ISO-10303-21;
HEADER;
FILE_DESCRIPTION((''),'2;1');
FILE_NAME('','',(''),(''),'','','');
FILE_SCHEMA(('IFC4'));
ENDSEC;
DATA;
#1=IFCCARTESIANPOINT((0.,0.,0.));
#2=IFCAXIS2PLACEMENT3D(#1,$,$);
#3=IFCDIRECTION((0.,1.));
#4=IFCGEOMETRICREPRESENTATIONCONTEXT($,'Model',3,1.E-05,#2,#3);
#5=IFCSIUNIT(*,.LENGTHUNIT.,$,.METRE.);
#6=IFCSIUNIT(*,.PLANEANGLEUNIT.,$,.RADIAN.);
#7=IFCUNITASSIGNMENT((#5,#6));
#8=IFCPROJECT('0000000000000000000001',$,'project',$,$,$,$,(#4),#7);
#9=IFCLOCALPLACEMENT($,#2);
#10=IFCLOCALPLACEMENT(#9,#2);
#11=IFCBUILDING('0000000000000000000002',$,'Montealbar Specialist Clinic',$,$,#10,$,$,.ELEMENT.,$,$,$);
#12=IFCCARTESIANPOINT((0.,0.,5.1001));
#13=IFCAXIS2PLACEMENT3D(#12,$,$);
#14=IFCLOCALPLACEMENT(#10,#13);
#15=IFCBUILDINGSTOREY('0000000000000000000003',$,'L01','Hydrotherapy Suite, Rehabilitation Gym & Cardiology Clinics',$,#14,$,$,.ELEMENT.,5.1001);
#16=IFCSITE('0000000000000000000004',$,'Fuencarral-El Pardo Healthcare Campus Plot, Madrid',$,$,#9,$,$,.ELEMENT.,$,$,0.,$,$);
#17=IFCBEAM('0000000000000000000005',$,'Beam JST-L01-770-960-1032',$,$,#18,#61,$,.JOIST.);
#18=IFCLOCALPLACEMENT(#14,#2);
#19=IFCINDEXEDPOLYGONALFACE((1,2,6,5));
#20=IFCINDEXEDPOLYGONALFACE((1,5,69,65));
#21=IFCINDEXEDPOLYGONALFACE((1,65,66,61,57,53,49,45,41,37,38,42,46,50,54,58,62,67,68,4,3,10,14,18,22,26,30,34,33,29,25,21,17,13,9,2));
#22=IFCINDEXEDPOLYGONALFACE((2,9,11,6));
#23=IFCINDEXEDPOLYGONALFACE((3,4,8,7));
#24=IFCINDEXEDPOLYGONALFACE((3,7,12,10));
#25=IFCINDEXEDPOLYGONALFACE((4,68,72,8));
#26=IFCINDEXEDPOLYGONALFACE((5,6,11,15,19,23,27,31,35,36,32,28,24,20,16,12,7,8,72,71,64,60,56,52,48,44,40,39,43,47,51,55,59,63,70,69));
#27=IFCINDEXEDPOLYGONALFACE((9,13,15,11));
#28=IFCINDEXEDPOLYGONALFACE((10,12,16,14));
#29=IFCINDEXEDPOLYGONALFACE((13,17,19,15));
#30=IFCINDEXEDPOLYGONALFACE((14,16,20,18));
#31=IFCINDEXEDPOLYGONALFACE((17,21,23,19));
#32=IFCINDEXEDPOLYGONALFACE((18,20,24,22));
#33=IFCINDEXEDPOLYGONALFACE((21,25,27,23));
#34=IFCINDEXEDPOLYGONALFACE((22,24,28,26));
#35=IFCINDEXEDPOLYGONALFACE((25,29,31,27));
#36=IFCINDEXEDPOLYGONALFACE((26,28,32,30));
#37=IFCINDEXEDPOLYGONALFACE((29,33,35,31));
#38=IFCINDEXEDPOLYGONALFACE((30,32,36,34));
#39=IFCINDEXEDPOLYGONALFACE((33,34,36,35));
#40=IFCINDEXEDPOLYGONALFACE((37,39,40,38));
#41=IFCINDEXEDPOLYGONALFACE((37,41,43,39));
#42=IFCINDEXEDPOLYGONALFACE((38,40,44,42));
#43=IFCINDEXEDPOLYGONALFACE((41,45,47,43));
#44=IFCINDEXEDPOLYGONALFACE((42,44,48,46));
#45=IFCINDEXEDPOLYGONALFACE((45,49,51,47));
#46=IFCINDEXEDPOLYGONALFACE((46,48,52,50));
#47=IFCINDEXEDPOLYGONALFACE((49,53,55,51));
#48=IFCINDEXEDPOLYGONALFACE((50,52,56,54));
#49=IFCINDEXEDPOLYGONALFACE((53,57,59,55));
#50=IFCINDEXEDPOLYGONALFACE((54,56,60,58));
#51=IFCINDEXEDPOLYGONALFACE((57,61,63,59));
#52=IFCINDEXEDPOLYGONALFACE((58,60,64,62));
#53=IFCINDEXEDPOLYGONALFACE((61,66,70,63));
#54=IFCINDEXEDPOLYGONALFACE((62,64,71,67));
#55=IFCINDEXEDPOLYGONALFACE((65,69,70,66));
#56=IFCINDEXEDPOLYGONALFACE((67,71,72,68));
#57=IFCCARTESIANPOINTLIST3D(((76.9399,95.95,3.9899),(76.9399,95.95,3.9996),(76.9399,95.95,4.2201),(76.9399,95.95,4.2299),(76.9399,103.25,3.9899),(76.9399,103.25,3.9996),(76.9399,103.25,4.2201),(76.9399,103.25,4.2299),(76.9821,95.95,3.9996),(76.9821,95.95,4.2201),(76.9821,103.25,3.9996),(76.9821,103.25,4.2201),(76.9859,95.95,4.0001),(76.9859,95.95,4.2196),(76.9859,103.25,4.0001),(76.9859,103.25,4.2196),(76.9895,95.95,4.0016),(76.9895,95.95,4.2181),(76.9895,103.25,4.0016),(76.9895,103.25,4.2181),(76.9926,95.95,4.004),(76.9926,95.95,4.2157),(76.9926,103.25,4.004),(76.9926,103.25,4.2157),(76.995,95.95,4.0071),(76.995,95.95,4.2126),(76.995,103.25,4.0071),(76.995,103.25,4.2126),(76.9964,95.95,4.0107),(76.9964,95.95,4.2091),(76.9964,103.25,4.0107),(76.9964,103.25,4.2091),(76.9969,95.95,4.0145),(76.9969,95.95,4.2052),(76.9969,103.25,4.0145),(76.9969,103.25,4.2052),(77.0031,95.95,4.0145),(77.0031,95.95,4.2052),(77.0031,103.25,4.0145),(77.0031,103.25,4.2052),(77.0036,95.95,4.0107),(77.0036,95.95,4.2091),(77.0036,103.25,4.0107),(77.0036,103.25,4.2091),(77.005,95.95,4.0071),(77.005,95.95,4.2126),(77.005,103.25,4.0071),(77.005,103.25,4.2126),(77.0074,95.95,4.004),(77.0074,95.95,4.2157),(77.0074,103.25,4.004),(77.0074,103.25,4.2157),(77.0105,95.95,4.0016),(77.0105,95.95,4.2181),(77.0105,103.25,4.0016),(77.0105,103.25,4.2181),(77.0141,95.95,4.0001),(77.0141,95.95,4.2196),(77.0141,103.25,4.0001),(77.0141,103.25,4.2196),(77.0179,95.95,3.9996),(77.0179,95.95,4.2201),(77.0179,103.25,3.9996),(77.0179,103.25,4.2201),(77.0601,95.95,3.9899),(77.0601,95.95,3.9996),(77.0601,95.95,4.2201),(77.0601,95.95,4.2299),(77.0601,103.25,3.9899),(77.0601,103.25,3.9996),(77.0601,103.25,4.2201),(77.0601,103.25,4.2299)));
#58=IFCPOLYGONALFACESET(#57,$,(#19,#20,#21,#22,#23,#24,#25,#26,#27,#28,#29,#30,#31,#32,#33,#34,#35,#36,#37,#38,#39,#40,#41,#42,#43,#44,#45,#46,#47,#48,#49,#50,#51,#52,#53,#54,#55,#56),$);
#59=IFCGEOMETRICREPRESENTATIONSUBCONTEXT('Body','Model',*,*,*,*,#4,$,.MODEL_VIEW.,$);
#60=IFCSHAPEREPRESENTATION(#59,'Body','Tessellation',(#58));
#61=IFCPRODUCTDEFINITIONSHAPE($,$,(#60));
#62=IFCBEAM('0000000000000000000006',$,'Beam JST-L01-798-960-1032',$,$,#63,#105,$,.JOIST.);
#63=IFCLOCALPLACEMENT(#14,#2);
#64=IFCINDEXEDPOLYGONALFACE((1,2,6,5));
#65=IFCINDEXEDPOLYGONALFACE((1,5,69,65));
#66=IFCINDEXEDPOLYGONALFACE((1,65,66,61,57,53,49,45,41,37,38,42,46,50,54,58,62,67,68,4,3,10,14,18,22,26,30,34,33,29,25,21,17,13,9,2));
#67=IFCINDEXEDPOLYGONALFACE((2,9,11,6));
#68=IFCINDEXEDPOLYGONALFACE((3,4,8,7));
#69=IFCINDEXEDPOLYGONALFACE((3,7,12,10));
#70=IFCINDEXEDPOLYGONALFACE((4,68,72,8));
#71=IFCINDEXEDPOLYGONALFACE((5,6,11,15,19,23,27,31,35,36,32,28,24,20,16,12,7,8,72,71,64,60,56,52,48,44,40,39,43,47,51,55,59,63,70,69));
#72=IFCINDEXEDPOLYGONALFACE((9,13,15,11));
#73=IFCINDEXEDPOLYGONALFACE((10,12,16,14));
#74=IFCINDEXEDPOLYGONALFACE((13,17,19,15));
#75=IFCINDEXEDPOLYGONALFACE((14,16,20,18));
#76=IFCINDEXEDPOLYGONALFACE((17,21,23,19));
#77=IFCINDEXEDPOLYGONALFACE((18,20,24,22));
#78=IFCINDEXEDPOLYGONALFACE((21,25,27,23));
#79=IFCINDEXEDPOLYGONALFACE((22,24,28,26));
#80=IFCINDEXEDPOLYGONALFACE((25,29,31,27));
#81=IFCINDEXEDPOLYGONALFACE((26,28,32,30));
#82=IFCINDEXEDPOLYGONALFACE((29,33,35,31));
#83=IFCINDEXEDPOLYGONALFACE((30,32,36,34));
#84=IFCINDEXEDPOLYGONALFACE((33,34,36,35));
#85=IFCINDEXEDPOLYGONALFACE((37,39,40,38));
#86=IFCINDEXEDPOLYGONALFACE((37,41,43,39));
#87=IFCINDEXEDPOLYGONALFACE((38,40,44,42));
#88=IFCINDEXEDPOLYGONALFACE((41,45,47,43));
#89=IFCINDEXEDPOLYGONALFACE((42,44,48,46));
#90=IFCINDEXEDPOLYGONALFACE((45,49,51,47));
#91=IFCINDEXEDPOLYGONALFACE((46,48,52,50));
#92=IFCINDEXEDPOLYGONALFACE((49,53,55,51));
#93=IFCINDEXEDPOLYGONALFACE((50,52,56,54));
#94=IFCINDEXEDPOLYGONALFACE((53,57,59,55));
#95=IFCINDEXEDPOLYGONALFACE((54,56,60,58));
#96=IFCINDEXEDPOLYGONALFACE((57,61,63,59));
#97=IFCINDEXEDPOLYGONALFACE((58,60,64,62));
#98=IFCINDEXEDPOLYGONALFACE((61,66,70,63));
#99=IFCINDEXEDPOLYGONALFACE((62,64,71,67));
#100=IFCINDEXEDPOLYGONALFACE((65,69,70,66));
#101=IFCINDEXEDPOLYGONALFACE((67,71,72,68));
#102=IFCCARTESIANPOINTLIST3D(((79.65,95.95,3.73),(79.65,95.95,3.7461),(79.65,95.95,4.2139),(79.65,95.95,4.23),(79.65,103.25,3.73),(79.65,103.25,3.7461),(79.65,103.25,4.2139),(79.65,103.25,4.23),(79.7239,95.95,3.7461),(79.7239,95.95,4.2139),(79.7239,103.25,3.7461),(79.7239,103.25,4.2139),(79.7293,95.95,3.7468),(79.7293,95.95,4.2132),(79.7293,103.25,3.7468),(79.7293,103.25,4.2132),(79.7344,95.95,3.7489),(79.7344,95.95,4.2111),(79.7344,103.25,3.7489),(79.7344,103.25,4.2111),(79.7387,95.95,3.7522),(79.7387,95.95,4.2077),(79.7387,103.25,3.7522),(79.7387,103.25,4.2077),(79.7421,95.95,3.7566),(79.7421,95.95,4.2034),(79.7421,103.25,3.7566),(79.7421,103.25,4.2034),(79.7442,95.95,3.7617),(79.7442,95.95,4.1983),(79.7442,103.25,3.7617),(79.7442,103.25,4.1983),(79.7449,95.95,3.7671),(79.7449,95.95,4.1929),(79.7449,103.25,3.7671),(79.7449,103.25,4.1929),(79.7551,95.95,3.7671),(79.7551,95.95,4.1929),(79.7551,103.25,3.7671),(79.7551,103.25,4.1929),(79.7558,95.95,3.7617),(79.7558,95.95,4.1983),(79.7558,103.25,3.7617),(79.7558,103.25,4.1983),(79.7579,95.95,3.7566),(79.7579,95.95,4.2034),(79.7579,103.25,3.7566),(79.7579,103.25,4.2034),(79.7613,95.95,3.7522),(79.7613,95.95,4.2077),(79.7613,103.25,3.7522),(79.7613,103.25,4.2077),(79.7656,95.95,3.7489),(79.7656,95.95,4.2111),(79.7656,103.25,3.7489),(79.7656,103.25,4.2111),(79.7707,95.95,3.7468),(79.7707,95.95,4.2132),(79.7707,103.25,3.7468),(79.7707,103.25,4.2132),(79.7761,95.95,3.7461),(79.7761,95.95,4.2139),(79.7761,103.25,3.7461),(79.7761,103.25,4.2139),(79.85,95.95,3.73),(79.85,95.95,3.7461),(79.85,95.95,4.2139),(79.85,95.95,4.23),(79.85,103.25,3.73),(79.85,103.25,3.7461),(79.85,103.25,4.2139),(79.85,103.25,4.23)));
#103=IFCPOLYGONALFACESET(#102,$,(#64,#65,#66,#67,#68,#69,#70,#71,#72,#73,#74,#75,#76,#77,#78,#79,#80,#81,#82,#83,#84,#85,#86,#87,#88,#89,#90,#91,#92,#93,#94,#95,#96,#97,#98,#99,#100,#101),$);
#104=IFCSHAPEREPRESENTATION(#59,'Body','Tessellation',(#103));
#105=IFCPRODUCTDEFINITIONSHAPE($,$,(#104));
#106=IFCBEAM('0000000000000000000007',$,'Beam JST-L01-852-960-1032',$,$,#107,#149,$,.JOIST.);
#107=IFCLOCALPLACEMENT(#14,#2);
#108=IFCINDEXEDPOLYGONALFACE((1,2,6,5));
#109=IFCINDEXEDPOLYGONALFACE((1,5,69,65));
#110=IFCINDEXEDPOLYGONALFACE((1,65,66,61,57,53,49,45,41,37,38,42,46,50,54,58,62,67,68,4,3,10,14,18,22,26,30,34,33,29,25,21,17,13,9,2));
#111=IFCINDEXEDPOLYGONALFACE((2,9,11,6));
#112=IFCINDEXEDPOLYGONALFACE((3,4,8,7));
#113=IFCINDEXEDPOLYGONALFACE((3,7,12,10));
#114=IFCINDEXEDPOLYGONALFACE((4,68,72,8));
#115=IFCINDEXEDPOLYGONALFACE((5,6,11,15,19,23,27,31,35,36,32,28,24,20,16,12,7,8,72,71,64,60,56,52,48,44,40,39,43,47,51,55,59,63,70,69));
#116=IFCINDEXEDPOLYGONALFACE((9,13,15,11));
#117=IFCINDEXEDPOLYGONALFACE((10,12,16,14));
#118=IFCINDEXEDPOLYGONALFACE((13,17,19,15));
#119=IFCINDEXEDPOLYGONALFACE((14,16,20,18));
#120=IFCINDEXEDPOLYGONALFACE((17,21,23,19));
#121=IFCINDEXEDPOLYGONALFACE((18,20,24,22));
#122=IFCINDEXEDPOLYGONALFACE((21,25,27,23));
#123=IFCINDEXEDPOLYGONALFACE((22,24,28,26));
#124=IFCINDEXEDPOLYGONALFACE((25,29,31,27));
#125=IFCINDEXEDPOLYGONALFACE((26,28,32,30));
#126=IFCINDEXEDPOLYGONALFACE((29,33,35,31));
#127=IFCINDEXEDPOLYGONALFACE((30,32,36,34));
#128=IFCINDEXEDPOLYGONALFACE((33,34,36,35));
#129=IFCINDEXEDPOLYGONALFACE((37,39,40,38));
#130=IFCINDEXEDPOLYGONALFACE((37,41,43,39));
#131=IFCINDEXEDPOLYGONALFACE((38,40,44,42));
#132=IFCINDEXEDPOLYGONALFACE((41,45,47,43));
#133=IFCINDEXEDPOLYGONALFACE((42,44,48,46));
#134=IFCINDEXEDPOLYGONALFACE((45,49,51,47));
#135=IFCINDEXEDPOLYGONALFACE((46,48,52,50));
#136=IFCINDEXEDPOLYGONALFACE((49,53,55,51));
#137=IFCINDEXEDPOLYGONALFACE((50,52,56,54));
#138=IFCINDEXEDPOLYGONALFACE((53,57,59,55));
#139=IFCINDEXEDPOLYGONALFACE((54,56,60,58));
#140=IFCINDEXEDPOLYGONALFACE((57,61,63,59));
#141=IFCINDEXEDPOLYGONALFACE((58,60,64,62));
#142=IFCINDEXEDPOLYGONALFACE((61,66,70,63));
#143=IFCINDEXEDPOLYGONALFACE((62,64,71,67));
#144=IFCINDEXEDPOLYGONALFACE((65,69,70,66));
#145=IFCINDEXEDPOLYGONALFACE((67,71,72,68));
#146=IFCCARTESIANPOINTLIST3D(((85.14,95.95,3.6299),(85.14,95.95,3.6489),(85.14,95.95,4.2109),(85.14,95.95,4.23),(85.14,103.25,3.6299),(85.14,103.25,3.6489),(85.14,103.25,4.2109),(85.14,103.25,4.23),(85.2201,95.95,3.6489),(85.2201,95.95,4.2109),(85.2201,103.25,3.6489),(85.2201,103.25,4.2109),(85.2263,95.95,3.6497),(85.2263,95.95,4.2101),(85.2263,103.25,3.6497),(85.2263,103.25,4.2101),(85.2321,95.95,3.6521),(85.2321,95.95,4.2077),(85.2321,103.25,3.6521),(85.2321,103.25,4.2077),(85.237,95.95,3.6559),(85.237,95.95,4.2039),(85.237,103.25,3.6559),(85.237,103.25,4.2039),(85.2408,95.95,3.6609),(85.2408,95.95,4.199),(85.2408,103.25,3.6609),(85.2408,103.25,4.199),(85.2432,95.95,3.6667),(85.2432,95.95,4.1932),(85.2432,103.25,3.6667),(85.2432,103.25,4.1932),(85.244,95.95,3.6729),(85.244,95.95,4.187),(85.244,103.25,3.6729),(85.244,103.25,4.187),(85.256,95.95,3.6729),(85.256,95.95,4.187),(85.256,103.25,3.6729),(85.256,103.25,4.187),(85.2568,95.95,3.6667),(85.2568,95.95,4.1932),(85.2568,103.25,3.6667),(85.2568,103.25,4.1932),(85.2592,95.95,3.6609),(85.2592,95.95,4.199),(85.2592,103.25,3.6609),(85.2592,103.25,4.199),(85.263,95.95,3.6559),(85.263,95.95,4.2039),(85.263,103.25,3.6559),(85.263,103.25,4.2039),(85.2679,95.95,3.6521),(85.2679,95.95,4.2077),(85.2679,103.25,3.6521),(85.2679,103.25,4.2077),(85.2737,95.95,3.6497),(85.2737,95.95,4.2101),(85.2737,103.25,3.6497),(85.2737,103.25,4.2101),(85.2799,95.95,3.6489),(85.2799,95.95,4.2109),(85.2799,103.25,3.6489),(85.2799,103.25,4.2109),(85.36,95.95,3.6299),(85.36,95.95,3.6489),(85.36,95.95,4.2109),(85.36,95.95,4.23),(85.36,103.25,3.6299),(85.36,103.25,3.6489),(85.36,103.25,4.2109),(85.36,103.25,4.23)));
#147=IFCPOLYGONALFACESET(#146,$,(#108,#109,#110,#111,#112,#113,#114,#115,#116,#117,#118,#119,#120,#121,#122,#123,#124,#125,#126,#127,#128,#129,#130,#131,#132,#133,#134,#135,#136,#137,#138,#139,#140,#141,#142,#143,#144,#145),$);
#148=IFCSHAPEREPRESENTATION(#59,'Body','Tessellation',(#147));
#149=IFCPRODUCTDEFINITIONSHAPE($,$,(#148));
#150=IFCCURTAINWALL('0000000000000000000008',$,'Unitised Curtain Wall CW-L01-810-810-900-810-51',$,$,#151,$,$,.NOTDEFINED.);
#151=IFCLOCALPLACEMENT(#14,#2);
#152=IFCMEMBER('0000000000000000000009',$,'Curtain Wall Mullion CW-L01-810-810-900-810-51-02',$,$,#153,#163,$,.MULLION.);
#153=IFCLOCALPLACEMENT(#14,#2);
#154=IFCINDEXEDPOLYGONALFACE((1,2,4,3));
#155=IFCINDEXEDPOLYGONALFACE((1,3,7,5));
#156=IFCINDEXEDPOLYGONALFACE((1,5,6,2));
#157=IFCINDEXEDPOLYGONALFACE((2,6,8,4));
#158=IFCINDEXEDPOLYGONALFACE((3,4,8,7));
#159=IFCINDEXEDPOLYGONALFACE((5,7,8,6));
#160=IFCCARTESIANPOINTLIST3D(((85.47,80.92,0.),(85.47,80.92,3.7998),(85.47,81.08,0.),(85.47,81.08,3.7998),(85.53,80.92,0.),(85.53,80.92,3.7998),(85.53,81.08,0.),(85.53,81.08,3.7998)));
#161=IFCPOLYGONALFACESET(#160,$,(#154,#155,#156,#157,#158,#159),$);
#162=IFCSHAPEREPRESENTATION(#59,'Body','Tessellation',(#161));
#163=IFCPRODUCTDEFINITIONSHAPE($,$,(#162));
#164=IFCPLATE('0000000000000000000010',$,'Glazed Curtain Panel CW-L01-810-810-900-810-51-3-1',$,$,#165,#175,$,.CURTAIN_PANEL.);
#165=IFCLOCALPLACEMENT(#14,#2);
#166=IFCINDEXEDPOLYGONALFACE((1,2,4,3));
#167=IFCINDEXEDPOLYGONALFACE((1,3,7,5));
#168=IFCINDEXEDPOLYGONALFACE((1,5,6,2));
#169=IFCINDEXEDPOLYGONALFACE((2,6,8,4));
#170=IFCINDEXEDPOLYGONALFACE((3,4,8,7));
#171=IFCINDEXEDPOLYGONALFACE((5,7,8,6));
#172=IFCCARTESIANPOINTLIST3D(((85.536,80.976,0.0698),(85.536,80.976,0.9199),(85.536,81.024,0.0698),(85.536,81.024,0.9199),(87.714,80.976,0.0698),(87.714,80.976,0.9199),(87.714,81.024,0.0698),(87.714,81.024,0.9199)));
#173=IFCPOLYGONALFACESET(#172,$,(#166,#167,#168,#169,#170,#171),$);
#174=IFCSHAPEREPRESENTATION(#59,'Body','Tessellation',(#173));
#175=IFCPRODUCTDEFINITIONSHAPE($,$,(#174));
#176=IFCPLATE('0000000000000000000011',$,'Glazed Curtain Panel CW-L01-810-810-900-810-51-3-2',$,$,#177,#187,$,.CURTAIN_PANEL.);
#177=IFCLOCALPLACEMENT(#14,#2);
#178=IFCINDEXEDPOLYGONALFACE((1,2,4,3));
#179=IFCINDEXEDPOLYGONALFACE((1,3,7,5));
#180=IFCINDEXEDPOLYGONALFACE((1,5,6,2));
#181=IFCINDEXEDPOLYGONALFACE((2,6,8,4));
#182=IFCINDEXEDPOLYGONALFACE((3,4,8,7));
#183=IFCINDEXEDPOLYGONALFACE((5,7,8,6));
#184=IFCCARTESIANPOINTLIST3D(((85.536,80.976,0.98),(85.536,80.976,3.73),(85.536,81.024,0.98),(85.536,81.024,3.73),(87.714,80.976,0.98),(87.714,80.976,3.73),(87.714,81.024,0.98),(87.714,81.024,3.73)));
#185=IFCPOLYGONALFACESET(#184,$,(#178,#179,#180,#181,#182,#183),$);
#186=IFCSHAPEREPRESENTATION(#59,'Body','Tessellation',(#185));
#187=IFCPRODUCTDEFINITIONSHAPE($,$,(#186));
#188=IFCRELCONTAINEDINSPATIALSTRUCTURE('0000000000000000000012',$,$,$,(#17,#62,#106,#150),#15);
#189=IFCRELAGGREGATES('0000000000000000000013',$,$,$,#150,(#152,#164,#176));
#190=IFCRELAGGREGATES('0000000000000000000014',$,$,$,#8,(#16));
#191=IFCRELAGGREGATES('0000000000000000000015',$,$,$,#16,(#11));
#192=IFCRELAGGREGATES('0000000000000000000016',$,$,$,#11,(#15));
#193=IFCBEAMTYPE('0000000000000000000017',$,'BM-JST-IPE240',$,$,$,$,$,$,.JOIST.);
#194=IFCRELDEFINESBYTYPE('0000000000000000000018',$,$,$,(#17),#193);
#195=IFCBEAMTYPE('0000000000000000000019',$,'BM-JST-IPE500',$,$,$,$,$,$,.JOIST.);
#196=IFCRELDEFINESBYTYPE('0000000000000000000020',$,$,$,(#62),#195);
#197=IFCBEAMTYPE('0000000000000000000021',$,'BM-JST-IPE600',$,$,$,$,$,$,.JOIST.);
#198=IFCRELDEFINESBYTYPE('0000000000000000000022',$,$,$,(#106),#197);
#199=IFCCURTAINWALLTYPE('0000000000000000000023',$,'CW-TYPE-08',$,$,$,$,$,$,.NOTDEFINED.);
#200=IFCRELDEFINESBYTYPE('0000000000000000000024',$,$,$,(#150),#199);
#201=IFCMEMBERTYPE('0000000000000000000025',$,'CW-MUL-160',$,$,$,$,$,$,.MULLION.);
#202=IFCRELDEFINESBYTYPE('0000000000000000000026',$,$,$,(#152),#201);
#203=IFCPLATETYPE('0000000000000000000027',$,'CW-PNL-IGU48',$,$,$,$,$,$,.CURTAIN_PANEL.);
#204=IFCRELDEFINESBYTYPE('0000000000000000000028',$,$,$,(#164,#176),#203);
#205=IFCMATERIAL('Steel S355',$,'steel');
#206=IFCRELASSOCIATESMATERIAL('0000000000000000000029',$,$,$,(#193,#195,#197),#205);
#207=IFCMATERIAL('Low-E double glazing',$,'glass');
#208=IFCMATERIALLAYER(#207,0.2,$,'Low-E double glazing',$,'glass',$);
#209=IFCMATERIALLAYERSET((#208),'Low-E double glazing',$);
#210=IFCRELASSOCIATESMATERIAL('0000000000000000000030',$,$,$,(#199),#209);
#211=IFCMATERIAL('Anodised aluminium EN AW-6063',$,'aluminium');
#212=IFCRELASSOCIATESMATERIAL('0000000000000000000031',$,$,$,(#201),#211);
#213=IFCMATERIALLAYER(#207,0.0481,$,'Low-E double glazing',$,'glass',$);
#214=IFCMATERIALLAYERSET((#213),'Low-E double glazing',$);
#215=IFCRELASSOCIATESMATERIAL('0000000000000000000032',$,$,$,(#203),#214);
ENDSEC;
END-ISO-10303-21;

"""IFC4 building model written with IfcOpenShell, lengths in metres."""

from ifc_helpers import new_model, si_unit, direction, frame, origin, origin_2d, place, context, subcontext, project, spatial, rectangle, i_section, extrude, material, layer, layer_set, material_profile, profile_set, type_object, element, aggregate, save


model = new_model("IFC4")

# Units and contexts
model_context = context("Model", 3, precision=1e-05, world=origin(), true_north=direction((0.0, 1.0)))
body_context = subcontext(model_context, "Body", "Model", "MODEL_VIEW")
ifc_project = project(units=[si_unit("LENGTHUNIT", "METRE"), si_unit("PLANEANGLEUNIT", "RADIAN")], contexts=[model_context])

# Site, building, storey
site_placement = place(None, origin())
site = spatial("IfcSite", under=ifc_project, at=site_placement, Name="Fuencarral-El Pardo Healthcare Campus Plot, Madrid", CompositionType="ELEMENT", RefElevation=0.0)
building_placement = place(site_placement, origin())
building = spatial("IfcBuilding", under=site, at=building_placement, Name="Montealbar Specialist Clinic", CompositionType="ELEMENT")
storey_placement = place(building_placement, frame((0.0, 0.0, 5.1001)))
storey = spatial("IfcBuildingStorey", under=building, at=storey_placement, Name="L01", Description="Hydrotherapy Suite, Rehabilitation Gym & Cardiology Clinics", CompositionType="ELEMENT", Elevation=5.1001)

# Shared definitions
ifc_material_1 = material(Name="Steel S355", Category="steel")

# Beams
ifc_material_profile_1 = material_profile(ifc_material_1, i_section(OverallWidth=0.1201, OverallDepth=0.24, WebThickness=0.0061, FlangeThickness=0.0098, FilletRadius=0.0149, at=origin_2d()), Name="IPE 240", Category="steel")
ifc_profile_set_1 = profile_set([ifc_material_profile_1], Name="Steel S355")
beam_type_1 = type_object("IfcBeamType", Name="BM-JST-IPE240", PredefinedType="JOIST", material=ifc_profile_set_1)
beam_1_placement = place(storey_placement, frame((77.0, 95.95, 4.1099), z_axis=(0.0, 1.0, 0.0), x_axis=(-1.0, 0.0, 0.0)))
element("IfcBeam", 1, at=beam_1_placement, inside=storey, type_object=beam_type_1, Name="Beam JST-L01-770-960-1032", PredefinedType="JOIST", context=body_context, shape_type="SweptSolid", body=[
    extrude(i_section(OverallWidth=0.1201, OverallDepth=0.24, WebThickness=0.0061, FlangeThickness=0.0098, FilletRadius=0.0149, at=origin_2d()), origin(), (0.0, 0.0, 1.0), 7.3),
])
ifc_material_profile_2 = material_profile(ifc_material_1, i_section(OverallWidth=0.2, OverallDepth=0.5, WebThickness=0.0103, FlangeThickness=0.0161, FilletRadius=0.021, at=origin_2d()), Name="IPE 500", Category="steel")
ifc_profile_set_2 = profile_set([ifc_material_profile_2], Name="Steel S355")
beam_type_2 = type_object("IfcBeamType", Name="BM-JST-IPE500", PredefinedType="JOIST", material=ifc_profile_set_2)
beam_2_placement = place(storey_placement, frame((79.75, 95.95, 3.98), z_axis=(0.0, 1.0, 0.0), x_axis=(-1.0, 0.0, 0.0)))
element("IfcBeam", 2, at=beam_2_placement, inside=storey, type_object=beam_type_2, Name="Beam JST-L01-798-960-1032", PredefinedType="JOIST", context=body_context, shape_type="SweptSolid", body=[
    extrude(i_section(OverallWidth=0.2, OverallDepth=0.5, WebThickness=0.0103, FlangeThickness=0.0161, FilletRadius=0.021, at=origin_2d()), origin(), (0.0, 0.0, 1.0), 7.3),
])
ifc_material_profile_3 = material_profile(ifc_material_1, i_section(OverallWidth=0.22, OverallDepth=0.6001, WebThickness=0.012, FlangeThickness=0.019, FilletRadius=0.0239, at=origin_2d()), Name="IPE 600", Category="steel")
ifc_profile_set_3 = profile_set([ifc_material_profile_3], Name="Steel S355")
beam_type_3 = type_object("IfcBeamType", Name="BM-JST-IPE600", PredefinedType="JOIST", material=ifc_profile_set_3)
beam_3_placement = place(storey_placement, frame((85.25, 95.95, 3.9299), z_axis=(0.0, 1.0, 0.0), x_axis=(-1.0, 0.0, 0.0)))
element("IfcBeam", 3, at=beam_3_placement, inside=storey, type_object=beam_type_3, Name="Beam JST-L01-852-960-1032", PredefinedType="JOIST", context=body_context, shape_type="SweptSolid", body=[
    extrude(i_section(OverallWidth=0.22, OverallDepth=0.6001, WebThickness=0.012, FlangeThickness=0.019, FilletRadius=0.0239, at=origin_2d()), origin(), (0.0, 0.0, 1.0), 7.3),
])

# Curtain wall, member, plates
ifc_material_2 = material(Name="Low-E double glazing", Category="glass")
ifc_layer_1 = layer(ifc_material_2, 0.2, Name="Low-E double glazing", Category="glass")
ifc_layer_set_1 = layer_set([ifc_layer_1], Name="Low-E double glazing")
curtain_wall_type = type_object("IfcCurtainWallType", Name="CW-TYPE-08", PredefinedType="NOTDEFINED", material=ifc_layer_set_1)
curtain_wall_placement = place(storey_placement, origin())
curtain_wall = element("IfcCurtainWall", 4, at=curtain_wall_placement, inside=storey, type_object=curtain_wall_type, Name="Unitised Curtain Wall CW-L01-810-810-900-810-51", PredefinedType="NOTDEFINED")
ifc_material_3 = material(Name="Anodised aluminium EN AW-6063", Category="aluminium")
ifc_material_profile_4 = material_profile(ifc_material_3, rectangle(XDim=0.0601, YDim=0.1599, at=origin_2d()), Name="ALU 60x160", Category="aluminium")
ifc_profile_set_4 = profile_set([ifc_material_profile_4], Name="Anodised aluminium EN AW-6063")
member_type = type_object("IfcMemberType", Name="CW-MUL-160", PredefinedType="MULLION", material=ifc_profile_set_4)
member_placement = place(storey_placement, frame((85.5, 81.0, 0.0), z_axis=(0.0, 0.0, 1.0), x_axis=(1.0, 0.0, 0.0)))
member = element("IfcMember", 5, at=member_placement, type_object=member_type, Name="Curtain Wall Mullion CW-L01-810-810-900-810-51-02", PredefinedType="MULLION", context=body_context, shape_type="SweptSolid", body=[
    extrude(rectangle(XDim=0.0601, YDim=0.1599, at=origin_2d()), origin(), (0.0, 0.0, 1.0), 3.7998),
])
ifc_layer_2 = layer(ifc_material_2, 0.0481, Name="Low-E double glazing", Category="glass")
ifc_layer_set_2 = layer_set([ifc_layer_2], Name="Low-E double glazing")
plate_type = type_object("IfcPlateType", Name="CW-PNL-IGU48", PredefinedType="CURTAIN_PANEL", material=ifc_layer_set_2)
plate_1_placement = place(storey_placement, frame((86.625, 81.0, 0.0698), z_axis=(0.0, 0.0, 1.0), x_axis=(1.0, 0.0, 0.0)))
plate_1 = element("IfcPlate", 6, at=plate_1_placement, type_object=plate_type, Name="Glazed Curtain Panel CW-L01-810-810-900-810-51-3-1", PredefinedType="CURTAIN_PANEL", context=body_context, shape_type="SweptSolid", body=[
    extrude(rectangle(XDim=2.178, YDim=0.0481, at=origin_2d()), origin(), (0.0, 0.0, 1.0), 0.8501),
])
plate_2_placement = place(storey_placement, frame((86.625, 81.0, 0.98), z_axis=(0.0, 0.0, 1.0), x_axis=(1.0, 0.0, 0.0)))
plate_2 = element("IfcPlate", 7, at=plate_2_placement, type_object=plate_type, Name="Glazed Curtain Panel CW-L01-810-810-900-810-51-3-2", PredefinedType="CURTAIN_PANEL", context=body_context, shape_type="SweptSolid", body=[
    extrude(rectangle(XDim=2.178, YDim=0.0481, at=origin_2d()), origin(), (0.0, 0.0, 1.0), 2.75),
])
aggregate(curtain_wall, [member, plate_1, plate_2])

save(model, "model.ifc")
